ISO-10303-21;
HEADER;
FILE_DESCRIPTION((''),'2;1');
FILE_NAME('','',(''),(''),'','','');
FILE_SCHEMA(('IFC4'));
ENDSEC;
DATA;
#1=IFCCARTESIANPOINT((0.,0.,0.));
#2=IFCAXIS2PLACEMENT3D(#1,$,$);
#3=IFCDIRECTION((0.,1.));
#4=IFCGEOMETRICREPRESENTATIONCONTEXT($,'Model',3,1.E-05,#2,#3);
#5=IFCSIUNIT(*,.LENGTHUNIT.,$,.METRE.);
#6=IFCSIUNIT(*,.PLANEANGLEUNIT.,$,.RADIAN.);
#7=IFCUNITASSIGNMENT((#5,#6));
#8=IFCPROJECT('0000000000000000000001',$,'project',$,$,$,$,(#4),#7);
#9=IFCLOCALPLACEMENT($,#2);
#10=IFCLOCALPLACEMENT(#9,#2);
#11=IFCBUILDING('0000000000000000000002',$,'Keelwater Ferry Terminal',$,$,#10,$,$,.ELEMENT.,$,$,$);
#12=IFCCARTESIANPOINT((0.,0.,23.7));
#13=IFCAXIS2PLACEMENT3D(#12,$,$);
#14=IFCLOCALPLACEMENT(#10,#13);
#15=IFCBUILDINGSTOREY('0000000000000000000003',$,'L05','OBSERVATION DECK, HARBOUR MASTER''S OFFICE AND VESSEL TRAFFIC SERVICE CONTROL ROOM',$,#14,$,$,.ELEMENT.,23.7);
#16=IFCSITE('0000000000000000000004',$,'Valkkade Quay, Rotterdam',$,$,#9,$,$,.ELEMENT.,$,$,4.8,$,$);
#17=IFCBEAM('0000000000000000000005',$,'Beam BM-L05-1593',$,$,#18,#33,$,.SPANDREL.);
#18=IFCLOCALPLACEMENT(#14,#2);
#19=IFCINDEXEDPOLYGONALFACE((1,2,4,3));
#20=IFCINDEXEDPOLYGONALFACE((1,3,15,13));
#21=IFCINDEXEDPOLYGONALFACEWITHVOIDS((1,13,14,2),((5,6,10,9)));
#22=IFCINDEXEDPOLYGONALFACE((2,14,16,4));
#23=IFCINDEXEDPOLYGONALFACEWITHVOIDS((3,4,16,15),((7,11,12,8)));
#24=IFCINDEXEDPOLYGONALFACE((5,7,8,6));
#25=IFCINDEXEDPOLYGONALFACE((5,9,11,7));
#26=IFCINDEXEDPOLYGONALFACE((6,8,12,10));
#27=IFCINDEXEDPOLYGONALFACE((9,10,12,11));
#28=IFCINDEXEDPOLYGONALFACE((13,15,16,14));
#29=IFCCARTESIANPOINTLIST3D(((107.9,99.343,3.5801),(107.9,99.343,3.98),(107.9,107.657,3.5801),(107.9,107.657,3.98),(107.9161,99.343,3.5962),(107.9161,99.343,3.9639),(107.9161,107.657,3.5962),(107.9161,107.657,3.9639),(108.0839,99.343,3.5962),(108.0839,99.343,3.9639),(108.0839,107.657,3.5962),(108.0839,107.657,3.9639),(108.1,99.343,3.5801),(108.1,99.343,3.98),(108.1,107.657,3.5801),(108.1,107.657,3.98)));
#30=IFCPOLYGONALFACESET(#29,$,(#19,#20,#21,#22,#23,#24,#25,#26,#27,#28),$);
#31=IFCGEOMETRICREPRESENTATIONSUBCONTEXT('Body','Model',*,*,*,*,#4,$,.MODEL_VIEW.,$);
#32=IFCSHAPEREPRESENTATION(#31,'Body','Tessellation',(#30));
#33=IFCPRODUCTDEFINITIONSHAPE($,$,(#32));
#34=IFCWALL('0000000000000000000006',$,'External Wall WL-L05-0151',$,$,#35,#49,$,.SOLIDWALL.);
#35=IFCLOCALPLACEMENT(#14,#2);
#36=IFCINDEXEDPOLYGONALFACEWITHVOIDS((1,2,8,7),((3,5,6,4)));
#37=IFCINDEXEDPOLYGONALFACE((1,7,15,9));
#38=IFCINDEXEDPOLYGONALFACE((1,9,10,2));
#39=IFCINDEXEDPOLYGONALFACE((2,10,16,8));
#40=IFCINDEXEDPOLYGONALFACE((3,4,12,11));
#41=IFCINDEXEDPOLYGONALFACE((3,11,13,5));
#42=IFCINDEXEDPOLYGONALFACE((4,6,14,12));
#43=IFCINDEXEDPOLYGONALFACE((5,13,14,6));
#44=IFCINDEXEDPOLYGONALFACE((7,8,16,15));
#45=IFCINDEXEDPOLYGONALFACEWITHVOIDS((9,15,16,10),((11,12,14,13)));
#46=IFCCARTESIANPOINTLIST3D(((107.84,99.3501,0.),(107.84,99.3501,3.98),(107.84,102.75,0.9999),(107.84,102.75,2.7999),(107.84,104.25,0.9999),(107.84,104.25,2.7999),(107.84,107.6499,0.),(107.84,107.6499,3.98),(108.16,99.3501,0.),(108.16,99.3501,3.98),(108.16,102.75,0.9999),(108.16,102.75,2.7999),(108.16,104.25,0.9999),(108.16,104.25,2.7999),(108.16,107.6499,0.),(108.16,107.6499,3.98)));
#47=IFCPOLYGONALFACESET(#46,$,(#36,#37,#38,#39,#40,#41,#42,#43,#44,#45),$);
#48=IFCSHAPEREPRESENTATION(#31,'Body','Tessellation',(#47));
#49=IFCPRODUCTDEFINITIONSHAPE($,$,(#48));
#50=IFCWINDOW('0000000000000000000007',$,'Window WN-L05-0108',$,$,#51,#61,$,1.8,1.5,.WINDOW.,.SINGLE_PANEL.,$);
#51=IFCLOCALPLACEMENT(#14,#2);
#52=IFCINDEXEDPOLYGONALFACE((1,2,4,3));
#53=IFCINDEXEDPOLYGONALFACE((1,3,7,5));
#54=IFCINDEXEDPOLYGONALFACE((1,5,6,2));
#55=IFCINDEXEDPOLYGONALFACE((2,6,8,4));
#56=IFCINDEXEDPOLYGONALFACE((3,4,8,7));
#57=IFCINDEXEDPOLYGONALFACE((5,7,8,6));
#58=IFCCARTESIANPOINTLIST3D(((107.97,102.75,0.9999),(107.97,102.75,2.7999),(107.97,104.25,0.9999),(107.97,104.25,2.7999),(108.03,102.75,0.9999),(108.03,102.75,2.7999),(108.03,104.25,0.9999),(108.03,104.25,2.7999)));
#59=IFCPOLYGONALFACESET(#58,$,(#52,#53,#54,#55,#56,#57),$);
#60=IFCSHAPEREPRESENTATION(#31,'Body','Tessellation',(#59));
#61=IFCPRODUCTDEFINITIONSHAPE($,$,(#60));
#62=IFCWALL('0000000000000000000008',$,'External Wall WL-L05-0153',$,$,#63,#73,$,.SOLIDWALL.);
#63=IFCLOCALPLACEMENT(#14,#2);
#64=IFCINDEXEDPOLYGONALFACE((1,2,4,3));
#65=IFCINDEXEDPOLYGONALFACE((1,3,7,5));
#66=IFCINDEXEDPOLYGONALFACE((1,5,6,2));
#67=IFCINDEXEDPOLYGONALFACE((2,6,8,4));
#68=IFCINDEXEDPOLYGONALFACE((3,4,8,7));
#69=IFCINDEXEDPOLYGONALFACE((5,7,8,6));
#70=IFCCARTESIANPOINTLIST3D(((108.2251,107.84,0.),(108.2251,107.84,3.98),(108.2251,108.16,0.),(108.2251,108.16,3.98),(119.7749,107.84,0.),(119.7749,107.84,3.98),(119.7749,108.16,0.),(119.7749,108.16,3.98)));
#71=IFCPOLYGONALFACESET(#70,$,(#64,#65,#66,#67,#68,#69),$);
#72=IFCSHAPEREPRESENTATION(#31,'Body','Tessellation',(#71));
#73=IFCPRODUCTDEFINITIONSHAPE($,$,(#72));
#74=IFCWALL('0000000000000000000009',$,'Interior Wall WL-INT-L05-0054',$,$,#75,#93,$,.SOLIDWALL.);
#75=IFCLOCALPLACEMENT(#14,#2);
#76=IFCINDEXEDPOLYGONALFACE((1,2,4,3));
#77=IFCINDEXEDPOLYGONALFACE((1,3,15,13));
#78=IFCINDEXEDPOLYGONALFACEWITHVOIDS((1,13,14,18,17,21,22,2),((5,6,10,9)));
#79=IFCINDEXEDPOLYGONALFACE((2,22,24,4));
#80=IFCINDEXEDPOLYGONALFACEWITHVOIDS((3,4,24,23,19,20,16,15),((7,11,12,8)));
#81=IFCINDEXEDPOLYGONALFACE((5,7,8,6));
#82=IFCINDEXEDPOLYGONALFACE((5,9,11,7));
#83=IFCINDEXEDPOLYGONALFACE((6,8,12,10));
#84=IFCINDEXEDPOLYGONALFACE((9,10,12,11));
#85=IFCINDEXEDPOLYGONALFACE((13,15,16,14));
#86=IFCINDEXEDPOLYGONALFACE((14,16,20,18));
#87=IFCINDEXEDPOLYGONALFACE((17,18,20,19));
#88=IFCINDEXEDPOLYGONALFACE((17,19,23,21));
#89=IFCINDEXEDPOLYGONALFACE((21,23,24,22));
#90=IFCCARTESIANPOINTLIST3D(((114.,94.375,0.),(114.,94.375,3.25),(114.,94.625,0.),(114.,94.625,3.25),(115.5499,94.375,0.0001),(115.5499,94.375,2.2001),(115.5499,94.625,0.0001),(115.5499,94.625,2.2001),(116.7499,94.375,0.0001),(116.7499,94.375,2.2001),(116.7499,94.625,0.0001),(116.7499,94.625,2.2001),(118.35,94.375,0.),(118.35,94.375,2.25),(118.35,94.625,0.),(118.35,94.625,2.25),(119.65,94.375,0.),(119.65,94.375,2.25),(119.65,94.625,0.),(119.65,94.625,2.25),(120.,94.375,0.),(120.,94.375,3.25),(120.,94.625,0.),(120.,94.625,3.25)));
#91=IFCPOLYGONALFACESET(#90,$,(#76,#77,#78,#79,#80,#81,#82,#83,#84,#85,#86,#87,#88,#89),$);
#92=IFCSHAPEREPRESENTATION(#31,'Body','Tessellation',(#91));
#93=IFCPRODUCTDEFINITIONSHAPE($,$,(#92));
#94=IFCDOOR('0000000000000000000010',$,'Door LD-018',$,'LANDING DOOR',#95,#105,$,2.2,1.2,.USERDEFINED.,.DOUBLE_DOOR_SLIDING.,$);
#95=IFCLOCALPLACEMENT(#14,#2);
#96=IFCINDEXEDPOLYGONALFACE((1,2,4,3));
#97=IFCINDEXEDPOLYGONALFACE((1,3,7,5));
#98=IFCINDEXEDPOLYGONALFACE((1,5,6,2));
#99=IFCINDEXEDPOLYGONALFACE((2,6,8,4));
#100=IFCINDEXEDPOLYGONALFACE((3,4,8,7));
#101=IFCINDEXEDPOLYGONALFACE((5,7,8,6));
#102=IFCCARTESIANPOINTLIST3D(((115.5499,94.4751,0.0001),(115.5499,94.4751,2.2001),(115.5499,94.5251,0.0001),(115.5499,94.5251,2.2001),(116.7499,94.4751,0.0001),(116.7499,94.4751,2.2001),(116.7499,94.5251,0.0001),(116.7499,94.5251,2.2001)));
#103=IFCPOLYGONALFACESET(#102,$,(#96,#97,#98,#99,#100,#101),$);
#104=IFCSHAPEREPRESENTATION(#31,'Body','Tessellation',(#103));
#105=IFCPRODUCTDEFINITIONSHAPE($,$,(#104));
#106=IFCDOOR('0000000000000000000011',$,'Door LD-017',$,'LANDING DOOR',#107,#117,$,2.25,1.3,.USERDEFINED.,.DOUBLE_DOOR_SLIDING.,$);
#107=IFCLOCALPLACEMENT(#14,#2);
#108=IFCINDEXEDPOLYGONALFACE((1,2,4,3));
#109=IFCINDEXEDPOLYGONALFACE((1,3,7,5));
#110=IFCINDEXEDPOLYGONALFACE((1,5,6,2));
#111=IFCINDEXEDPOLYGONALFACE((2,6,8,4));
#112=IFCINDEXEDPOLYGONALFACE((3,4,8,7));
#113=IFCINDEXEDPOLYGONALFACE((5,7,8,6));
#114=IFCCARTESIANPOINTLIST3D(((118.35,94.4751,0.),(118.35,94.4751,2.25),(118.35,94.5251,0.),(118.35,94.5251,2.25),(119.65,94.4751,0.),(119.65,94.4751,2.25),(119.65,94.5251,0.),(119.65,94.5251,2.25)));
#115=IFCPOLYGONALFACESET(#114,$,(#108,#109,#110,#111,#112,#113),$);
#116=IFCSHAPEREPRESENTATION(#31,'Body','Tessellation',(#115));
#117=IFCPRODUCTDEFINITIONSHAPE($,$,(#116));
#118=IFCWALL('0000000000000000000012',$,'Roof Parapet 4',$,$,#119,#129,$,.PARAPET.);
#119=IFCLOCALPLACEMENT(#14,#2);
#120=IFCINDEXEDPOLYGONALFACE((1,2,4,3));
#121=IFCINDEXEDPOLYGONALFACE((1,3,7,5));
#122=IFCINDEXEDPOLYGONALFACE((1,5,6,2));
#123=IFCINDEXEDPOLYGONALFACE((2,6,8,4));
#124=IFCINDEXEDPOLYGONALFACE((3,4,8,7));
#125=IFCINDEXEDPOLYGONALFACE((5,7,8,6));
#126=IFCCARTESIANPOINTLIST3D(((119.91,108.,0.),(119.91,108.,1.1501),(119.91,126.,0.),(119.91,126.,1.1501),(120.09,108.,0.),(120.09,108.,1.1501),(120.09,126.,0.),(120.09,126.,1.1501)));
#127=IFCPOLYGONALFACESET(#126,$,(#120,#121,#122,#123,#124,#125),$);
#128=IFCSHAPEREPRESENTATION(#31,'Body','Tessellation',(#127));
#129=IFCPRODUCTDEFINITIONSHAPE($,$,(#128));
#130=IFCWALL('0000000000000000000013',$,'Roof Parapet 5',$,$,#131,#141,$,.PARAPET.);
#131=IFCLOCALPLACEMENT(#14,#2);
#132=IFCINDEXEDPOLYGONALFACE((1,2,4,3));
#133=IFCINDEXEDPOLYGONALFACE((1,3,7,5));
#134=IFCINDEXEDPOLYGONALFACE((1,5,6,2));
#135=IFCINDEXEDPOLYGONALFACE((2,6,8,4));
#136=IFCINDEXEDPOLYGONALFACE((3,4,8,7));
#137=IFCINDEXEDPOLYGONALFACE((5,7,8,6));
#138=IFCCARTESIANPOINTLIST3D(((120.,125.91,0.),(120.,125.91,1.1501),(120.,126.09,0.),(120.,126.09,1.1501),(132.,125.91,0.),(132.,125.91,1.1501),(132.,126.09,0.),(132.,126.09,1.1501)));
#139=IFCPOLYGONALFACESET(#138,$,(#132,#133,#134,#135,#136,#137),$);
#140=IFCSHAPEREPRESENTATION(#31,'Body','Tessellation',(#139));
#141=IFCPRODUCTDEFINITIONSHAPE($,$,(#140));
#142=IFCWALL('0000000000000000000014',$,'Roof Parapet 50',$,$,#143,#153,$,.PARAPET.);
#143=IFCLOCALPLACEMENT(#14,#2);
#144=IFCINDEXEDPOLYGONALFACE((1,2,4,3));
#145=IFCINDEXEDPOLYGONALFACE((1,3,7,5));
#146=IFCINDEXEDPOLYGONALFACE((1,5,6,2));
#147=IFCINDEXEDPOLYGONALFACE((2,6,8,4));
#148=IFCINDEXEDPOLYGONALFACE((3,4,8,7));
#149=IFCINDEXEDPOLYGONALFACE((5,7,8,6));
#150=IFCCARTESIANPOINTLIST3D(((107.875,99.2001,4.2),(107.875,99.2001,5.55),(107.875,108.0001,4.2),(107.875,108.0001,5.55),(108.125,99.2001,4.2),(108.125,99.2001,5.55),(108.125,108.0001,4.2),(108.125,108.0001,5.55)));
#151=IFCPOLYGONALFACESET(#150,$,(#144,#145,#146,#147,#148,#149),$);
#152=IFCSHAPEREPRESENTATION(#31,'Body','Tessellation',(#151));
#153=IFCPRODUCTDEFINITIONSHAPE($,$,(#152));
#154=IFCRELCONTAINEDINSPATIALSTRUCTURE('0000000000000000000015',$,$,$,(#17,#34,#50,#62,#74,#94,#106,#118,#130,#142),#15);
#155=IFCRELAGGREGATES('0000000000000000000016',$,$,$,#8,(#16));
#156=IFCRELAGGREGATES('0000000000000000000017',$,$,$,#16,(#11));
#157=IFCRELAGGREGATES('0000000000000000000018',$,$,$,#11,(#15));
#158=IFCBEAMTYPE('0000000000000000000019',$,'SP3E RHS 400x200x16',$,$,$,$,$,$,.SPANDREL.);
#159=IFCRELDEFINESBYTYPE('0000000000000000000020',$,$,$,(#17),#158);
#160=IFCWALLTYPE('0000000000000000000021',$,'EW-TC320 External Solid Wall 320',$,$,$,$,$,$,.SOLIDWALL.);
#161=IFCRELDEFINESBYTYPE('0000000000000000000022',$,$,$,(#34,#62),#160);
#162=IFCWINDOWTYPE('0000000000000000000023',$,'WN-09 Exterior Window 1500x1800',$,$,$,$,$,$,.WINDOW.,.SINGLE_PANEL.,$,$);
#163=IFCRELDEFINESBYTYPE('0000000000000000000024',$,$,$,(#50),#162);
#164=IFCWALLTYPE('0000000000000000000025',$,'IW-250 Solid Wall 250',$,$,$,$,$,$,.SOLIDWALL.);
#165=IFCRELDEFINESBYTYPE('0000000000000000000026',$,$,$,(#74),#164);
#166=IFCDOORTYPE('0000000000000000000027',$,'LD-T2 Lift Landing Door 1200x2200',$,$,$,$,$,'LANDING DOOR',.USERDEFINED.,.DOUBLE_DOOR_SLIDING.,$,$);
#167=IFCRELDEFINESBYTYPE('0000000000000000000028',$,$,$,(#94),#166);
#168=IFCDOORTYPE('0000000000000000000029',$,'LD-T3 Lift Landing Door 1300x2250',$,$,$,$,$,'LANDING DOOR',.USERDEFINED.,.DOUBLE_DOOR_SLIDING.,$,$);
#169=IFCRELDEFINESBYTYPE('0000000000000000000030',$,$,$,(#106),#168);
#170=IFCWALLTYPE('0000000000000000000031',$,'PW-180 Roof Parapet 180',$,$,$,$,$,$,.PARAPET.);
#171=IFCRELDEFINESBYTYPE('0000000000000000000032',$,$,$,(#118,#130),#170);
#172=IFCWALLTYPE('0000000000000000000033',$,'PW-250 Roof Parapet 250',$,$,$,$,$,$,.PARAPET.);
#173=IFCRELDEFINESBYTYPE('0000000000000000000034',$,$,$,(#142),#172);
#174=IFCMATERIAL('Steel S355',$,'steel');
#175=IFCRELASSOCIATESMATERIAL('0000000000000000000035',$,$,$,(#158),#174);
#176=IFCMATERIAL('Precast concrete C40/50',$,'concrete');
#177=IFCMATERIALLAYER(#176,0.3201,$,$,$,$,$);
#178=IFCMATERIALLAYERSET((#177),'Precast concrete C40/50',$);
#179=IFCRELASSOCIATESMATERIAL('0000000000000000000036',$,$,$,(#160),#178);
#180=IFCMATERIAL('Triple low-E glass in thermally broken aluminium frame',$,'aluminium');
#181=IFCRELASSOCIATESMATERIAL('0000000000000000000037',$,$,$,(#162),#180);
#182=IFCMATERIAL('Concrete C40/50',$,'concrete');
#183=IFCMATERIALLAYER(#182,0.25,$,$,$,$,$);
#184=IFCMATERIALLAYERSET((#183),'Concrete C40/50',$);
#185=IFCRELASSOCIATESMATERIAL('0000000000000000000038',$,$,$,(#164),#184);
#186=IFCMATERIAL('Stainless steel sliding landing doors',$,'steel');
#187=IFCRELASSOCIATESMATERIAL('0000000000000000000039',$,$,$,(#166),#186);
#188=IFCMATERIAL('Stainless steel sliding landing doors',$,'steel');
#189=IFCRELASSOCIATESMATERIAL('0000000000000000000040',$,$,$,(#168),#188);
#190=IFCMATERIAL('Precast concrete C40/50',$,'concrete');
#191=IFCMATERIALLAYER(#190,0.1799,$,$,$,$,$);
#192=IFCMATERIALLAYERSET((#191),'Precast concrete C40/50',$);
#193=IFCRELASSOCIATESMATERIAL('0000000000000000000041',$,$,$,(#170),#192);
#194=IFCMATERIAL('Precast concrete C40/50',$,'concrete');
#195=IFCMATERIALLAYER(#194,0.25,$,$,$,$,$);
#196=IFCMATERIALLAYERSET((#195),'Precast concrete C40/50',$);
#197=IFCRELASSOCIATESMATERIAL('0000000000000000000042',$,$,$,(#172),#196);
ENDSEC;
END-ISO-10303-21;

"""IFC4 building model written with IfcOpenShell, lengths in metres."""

from ifc_helpers import new_model, si_unit, direction, frame, frame_2d, origin, origin_2d, place, context, subcontext, project, spatial, rectangle, hollow_rectangle, extrude, material, layer, layer_set, material_profile, profile_set, type_object, element, fill, save


model = new_model("IFC4")

# Units and contexts
model_context = context("Model", 3, precision=1e-05, world=origin(), true_north=direction((0.0, 1.0)))
body_context = subcontext(model_context, "Body", "Model", "MODEL_VIEW")
ifc_project = project(units=[si_unit("LENGTHUNIT", "METRE"), si_unit("PLANEANGLEUNIT", "RADIAN")], contexts=[model_context])

# Site, building, storey
site_placement = place(None, origin())
site = spatial("IfcSite", under=ifc_project, at=site_placement, Name="Valkkade Quay, Rotterdam", CompositionType="ELEMENT", RefElevation=4.8)
building_placement = place(site_placement, origin())
building = spatial("IfcBuilding", under=site, at=building_placement, Name="Keelwater Ferry Terminal", CompositionType="ELEMENT")
storey_placement = place(building_placement, frame((0.0, 0.0, 23.7)))
storey = spatial("IfcBuildingStorey", under=building, at=storey_placement, Name="L05", Description="OBSERVATION DECK, HARBOUR MASTER'S OFFICE AND VESSEL TRAFFIC SERVICE CONTROL ROOM", CompositionType="ELEMENT", Elevation=23.7)

# Beam
ifc_material_1 = material(Name="Steel S355", Category="steel")
ifc_material_profile_1 = material_profile(ifc_material_1, hollow_rectangle(XDim=0.2, YDim=0.3999, WallThickness=0.0161, at=origin_2d()), Name="RHS 400x200x16")
ifc_profile_set_1 = profile_set([ifc_material_profile_1], Name="Steel S355")
beam_type_1 = type_object("IfcBeamType", Name="SP3E RHS 400x200x16", PredefinedType="SPANDREL", material=ifc_profile_set_1)
beam_1_placement = place(storey_placement, frame((108.0, 99.343, 3.78), z_axis=(0.0, 1.0, 0.0), x_axis=(-1.0, 0.0, 0.0)))
element("IfcBeam", 1, at=beam_1_placement, inside=storey, type_object=beam_type_1, Name="Beam BM-L05-1593", PredefinedType="SPANDREL", context=body_context, shape_type="SweptSolid", body=[
    extrude(hollow_rectangle(XDim=0.2, YDim=0.3999, WallThickness=0.0161, at=origin_2d()), origin(), (0.0, 0.0, 1.0), 8.314),
])

# Wall, opening, window
ifc_material_2 = material(Name="Precast concrete C40/50", Category="concrete")
ifc_layer_1 = layer(ifc_material_2, 0.3201)
ifc_layer_set_1 = layer_set([ifc_layer_1], Name="Precast concrete C40/50")
wall_type_1 = type_object("IfcWallType", Name="EW-TC320 External Solid Wall 320", PredefinedType="SOLIDWALL", material=ifc_layer_set_1)
wall_1_placement = place(storey_placement, frame((108.0, 107.6499, 0.0), z_axis=(0.0, 0.0, 1.0), x_axis=(0.0, -1.0, 0.0)))
wall_1 = element("IfcWall", 2, at=wall_1_placement, inside=storey, type_object=wall_type_1, Name="External Wall WL-L05-0151", PredefinedType="SOLIDWALL", context=body_context, shape_type="SweptSolid", body=[
    extrude(rectangle(XDim=8.2998, YDim=0.3201, at=frame_2d((4.1499, 0.0))), origin(), (0.0, 0.0, 1.0), 3.98),
])
opening_1_placement = place(wall_1_placement, frame((3.3999, 0.0, 1.0)))
opening_1 = element("IfcOpeningElement", 3, at=opening_1_placement, cuts=wall_1, PredefinedType="OPENING", context=body_context, shape_type="SweptSolid", body=[
    extrude(rectangle(XDim=1.5, YDim=1.8, at=frame_2d((0.75, 0.8999))), frame((0.0, 0.1702, 0.0), z_axis=(0.0, -1.0, 0.0), x_axis=(1.0, 0.0, 0.0)), (0.0, 0.0, 1.0), 0.3401),
])
ifc_material_3 = material(Name="Triple low-E glass in thermally broken aluminium frame", Category="aluminium")
window_type = type_object("IfcWindowType", Name="WN-09 Exterior Window 1500x1800", PartitioningType="SINGLE_PANEL", PredefinedType="WINDOW", material=ifc_material_3)
window_placement = place(opening_1_placement, origin())
window = element("IfcWindow", 4, at=window_placement, inside=storey, type_object=window_type, Name="Window WN-L05-0108", OverallHeight=1.8, OverallWidth=1.5, PartitioningType="SINGLE_PANEL", PredefinedType="WINDOW", context=body_context, shape_type="SweptSolid", body=[
    extrude(rectangle(XDim=1.5, YDim=1.8, at=frame_2d((0.75, 0.8999))), frame((0.0, 0.03, 0.0), z_axis=(0.0, -1.0, 0.0), x_axis=(1.0, 0.0, 0.0)), (0.0, 0.0, 1.0), 0.0601),
])
fill(opening_1, window)

# Wall
wall_2_placement = place(storey_placement, frame((108.2251, 108.0, 0.0), z_axis=(0.0, 0.0, 1.0), x_axis=(1.0, 0.0, 0.0)))
element("IfcWall", 5, at=wall_2_placement, inside=storey, type_object=wall_type_1, Name="External Wall WL-L05-0153", PredefinedType="SOLIDWALL", context=body_context, shape_type="SweptSolid", body=[
    extrude(rectangle(XDim=11.5498, YDim=0.3201, at=frame_2d((5.7749, 0.0))), origin(), (0.0, 0.0, 1.0), 3.98),
])

# Wall, openings, doors
ifc_material_4 = material(Name="Concrete C40/50", Category="concrete")
ifc_layer_2 = layer(ifc_material_4, 0.25)
ifc_layer_set_2 = layer_set([ifc_layer_2], Name="Concrete C40/50")
wall_type_2 = type_object("IfcWallType", Name="IW-250 Solid Wall 250", PredefinedType="SOLIDWALL", material=ifc_layer_set_2)
wall_3_placement = place(storey_placement, frame((120.0, 94.5, 0.0), z_axis=(0.0, 0.0, 1.0), x_axis=(-1.0, 0.0, 0.0)))
wall_3 = element("IfcWall", 6, at=wall_3_placement, inside=storey, type_object=wall_type_2, Name="Interior Wall WL-INT-L05-0054", PredefinedType="SOLIDWALL", context=body_context, shape_type="SweptSolid", body=[
    extrude(rectangle(XDim=6.0, YDim=0.25, at=frame_2d((3.0, 0.0))), origin(), (0.0, 0.0, 1.0), 3.25),
])
opening_2_placement = place(wall_3_placement, frame((0.3501, 0.0, 0.0)))
opening_2 = element("IfcOpeningElement", 7, at=opening_2_placement, cuts=wall_3, PredefinedType="OPENING", context=body_context, shape_type="SweptSolid", body=[
    extrude(rectangle(XDim=1.3, YDim=2.25, at=frame_2d((0.6499, 1.125))), frame((0.0, 0.135, 0.0), z_axis=(0.0, -1.0, 0.0), x_axis=(1.0, 0.0, 0.0)), (0.0, 0.0, 1.0), 0.27),
])
opening_3_placement = place(wall_3_placement, frame((3.25, 0.0, 0.0)))
opening_3 = element("IfcOpeningElement", 8, at=opening_3_placement, cuts=wall_3, PredefinedType="OPENING", context=body_context, shape_type="SweptSolid", body=[
    extrude(rectangle(XDim=1.2, YDim=2.2, at=frame_2d((0.6001, 1.1001))), frame((0.0, 0.135, 0.0), z_axis=(0.0, -1.0, 0.0), x_axis=(1.0, 0.0, 0.0)), (0.0, 0.0, 1.0), 0.27),
])
ifc_material_5 = material(Name="Stainless steel sliding landing doors", Category="steel")
door_type_1 = type_object("IfcDoorType", Name="LD-T2 Lift Landing Door 1200x2200", ElementType="LANDING DOOR", OperationType="DOUBLE_DOOR_SLIDING", PredefinedType="USERDEFINED", material=ifc_material_5)
door_1_placement = place(opening_3_placement, origin())
door_1 = element("IfcDoor", 9, at=door_1_placement, inside=storey, type_object=door_type_1, Name="Door LD-018", ObjectType="LANDING DOOR", OperationType="DOUBLE_DOOR_SLIDING", OverallHeight=2.2, OverallWidth=1.2, PredefinedType="USERDEFINED", context=body_context, shape_type="SweptSolid", body=[
    extrude(rectangle(XDim=1.2, YDim=2.2, at=frame_2d((0.6001, 1.1001))), frame((0.0, 0.0249, 0.0), z_axis=(0.0, -1.0, 0.0), x_axis=(1.0, 0.0, 0.0)), (0.0, 0.0, 1.0), 0.05),
])
fill(opening_3, door_1)
ifc_material_6 = material(Name="Stainless steel sliding landing doors", Category="steel")
door_type_2 = type_object("IfcDoorType", Name="LD-T3 Lift Landing Door 1300x2250", ElementType="LANDING DOOR", OperationType="DOUBLE_DOOR_SLIDING", PredefinedType="USERDEFINED", material=ifc_material_6)
door_2_placement = place(opening_2_placement, origin())
door_2 = element("IfcDoor", 10, at=door_2_placement, inside=storey, type_object=door_type_2, Name="Door LD-017", ObjectType="LANDING DOOR", OperationType="DOUBLE_DOOR_SLIDING", OverallHeight=2.25, OverallWidth=1.3, PredefinedType="USERDEFINED", context=body_context, shape_type="SweptSolid", body=[
    extrude(rectangle(XDim=1.3, YDim=2.25, at=frame_2d((0.6499, 1.125))), frame((0.0, 0.0249, 0.0), z_axis=(0.0, -1.0, 0.0), x_axis=(1.0, 0.0, 0.0)), (0.0, 0.0, 1.0), 0.05),
])
fill(opening_2, door_2)

# Walls
ifc_material_7 = material(Name="Precast concrete C40/50", Category="concrete")
ifc_layer_3 = layer(ifc_material_7, 0.1799)
ifc_layer_set_3 = layer_set([ifc_layer_3], Name="Precast concrete C40/50")
wall_type_3 = type_object("IfcWallType", Name="PW-180 Roof Parapet 180", PredefinedType="PARAPET", material=ifc_layer_set_3)
wall_4_placement = place(storey_placement, frame((120.0, 108.0, 0.0), z_axis=(0.0, 0.0, 1.0), x_axis=(0.0, 1.0, 0.0)))
element("IfcWall", 11, at=wall_4_placement, inside=storey, type_object=wall_type_3, Name="Roof Parapet 4", PredefinedType="PARAPET", context=body_context, shape_type="SweptSolid", body=[
    extrude(rectangle(XDim=18.0, YDim=0.1799, at=frame_2d((9.0, 0.0))), origin(), (0.0, 0.0, 1.0), 1.1501),
])
wall_5_placement = place(storey_placement, frame((120.0, 126.0, 0.0), z_axis=(0.0, 0.0, 1.0), x_axis=(1.0, 0.0, 0.0)))
element("IfcWall", 12, at=wall_5_placement, inside=storey, type_object=wall_type_3, Name="Roof Parapet 5", PredefinedType="PARAPET", context=body_context, shape_type="SweptSolid", body=[
    extrude(rectangle(XDim=12.0, YDim=0.1799, at=frame_2d((6.0, 0.0))), origin(), (0.0, 0.0, 1.0), 1.1501),
])
ifc_material_8 = material(Name="Precast concrete C40/50", Category="concrete")
ifc_layer_4 = layer(ifc_material_8, 0.25)
ifc_layer_set_4 = layer_set([ifc_layer_4], Name="Precast concrete C40/50")
wall_type_4 = type_object("IfcWallType", Name="PW-250 Roof Parapet 250", PredefinedType="PARAPET", material=ifc_layer_set_4)
wall_6_placement = place(storey_placement, frame((108.0, 108.0, 4.2), z_axis=(0.0, 0.0, 1.0), x_axis=(0.0, -1.0, 0.0)))
element("IfcWall", 13, at=wall_6_placement, inside=storey, type_object=wall_type_4, Name="Roof Parapet 50", PredefinedType="PARAPET", context=body_context, shape_type="SweptSolid", body=[
    extrude(rectangle(XDim=8.8, YDim=0.25, at=frame_2d((4.3999, 0.0))), origin(), (0.0, 0.0, 1.0), 1.3501),
])

save(model, "model.ifc")
